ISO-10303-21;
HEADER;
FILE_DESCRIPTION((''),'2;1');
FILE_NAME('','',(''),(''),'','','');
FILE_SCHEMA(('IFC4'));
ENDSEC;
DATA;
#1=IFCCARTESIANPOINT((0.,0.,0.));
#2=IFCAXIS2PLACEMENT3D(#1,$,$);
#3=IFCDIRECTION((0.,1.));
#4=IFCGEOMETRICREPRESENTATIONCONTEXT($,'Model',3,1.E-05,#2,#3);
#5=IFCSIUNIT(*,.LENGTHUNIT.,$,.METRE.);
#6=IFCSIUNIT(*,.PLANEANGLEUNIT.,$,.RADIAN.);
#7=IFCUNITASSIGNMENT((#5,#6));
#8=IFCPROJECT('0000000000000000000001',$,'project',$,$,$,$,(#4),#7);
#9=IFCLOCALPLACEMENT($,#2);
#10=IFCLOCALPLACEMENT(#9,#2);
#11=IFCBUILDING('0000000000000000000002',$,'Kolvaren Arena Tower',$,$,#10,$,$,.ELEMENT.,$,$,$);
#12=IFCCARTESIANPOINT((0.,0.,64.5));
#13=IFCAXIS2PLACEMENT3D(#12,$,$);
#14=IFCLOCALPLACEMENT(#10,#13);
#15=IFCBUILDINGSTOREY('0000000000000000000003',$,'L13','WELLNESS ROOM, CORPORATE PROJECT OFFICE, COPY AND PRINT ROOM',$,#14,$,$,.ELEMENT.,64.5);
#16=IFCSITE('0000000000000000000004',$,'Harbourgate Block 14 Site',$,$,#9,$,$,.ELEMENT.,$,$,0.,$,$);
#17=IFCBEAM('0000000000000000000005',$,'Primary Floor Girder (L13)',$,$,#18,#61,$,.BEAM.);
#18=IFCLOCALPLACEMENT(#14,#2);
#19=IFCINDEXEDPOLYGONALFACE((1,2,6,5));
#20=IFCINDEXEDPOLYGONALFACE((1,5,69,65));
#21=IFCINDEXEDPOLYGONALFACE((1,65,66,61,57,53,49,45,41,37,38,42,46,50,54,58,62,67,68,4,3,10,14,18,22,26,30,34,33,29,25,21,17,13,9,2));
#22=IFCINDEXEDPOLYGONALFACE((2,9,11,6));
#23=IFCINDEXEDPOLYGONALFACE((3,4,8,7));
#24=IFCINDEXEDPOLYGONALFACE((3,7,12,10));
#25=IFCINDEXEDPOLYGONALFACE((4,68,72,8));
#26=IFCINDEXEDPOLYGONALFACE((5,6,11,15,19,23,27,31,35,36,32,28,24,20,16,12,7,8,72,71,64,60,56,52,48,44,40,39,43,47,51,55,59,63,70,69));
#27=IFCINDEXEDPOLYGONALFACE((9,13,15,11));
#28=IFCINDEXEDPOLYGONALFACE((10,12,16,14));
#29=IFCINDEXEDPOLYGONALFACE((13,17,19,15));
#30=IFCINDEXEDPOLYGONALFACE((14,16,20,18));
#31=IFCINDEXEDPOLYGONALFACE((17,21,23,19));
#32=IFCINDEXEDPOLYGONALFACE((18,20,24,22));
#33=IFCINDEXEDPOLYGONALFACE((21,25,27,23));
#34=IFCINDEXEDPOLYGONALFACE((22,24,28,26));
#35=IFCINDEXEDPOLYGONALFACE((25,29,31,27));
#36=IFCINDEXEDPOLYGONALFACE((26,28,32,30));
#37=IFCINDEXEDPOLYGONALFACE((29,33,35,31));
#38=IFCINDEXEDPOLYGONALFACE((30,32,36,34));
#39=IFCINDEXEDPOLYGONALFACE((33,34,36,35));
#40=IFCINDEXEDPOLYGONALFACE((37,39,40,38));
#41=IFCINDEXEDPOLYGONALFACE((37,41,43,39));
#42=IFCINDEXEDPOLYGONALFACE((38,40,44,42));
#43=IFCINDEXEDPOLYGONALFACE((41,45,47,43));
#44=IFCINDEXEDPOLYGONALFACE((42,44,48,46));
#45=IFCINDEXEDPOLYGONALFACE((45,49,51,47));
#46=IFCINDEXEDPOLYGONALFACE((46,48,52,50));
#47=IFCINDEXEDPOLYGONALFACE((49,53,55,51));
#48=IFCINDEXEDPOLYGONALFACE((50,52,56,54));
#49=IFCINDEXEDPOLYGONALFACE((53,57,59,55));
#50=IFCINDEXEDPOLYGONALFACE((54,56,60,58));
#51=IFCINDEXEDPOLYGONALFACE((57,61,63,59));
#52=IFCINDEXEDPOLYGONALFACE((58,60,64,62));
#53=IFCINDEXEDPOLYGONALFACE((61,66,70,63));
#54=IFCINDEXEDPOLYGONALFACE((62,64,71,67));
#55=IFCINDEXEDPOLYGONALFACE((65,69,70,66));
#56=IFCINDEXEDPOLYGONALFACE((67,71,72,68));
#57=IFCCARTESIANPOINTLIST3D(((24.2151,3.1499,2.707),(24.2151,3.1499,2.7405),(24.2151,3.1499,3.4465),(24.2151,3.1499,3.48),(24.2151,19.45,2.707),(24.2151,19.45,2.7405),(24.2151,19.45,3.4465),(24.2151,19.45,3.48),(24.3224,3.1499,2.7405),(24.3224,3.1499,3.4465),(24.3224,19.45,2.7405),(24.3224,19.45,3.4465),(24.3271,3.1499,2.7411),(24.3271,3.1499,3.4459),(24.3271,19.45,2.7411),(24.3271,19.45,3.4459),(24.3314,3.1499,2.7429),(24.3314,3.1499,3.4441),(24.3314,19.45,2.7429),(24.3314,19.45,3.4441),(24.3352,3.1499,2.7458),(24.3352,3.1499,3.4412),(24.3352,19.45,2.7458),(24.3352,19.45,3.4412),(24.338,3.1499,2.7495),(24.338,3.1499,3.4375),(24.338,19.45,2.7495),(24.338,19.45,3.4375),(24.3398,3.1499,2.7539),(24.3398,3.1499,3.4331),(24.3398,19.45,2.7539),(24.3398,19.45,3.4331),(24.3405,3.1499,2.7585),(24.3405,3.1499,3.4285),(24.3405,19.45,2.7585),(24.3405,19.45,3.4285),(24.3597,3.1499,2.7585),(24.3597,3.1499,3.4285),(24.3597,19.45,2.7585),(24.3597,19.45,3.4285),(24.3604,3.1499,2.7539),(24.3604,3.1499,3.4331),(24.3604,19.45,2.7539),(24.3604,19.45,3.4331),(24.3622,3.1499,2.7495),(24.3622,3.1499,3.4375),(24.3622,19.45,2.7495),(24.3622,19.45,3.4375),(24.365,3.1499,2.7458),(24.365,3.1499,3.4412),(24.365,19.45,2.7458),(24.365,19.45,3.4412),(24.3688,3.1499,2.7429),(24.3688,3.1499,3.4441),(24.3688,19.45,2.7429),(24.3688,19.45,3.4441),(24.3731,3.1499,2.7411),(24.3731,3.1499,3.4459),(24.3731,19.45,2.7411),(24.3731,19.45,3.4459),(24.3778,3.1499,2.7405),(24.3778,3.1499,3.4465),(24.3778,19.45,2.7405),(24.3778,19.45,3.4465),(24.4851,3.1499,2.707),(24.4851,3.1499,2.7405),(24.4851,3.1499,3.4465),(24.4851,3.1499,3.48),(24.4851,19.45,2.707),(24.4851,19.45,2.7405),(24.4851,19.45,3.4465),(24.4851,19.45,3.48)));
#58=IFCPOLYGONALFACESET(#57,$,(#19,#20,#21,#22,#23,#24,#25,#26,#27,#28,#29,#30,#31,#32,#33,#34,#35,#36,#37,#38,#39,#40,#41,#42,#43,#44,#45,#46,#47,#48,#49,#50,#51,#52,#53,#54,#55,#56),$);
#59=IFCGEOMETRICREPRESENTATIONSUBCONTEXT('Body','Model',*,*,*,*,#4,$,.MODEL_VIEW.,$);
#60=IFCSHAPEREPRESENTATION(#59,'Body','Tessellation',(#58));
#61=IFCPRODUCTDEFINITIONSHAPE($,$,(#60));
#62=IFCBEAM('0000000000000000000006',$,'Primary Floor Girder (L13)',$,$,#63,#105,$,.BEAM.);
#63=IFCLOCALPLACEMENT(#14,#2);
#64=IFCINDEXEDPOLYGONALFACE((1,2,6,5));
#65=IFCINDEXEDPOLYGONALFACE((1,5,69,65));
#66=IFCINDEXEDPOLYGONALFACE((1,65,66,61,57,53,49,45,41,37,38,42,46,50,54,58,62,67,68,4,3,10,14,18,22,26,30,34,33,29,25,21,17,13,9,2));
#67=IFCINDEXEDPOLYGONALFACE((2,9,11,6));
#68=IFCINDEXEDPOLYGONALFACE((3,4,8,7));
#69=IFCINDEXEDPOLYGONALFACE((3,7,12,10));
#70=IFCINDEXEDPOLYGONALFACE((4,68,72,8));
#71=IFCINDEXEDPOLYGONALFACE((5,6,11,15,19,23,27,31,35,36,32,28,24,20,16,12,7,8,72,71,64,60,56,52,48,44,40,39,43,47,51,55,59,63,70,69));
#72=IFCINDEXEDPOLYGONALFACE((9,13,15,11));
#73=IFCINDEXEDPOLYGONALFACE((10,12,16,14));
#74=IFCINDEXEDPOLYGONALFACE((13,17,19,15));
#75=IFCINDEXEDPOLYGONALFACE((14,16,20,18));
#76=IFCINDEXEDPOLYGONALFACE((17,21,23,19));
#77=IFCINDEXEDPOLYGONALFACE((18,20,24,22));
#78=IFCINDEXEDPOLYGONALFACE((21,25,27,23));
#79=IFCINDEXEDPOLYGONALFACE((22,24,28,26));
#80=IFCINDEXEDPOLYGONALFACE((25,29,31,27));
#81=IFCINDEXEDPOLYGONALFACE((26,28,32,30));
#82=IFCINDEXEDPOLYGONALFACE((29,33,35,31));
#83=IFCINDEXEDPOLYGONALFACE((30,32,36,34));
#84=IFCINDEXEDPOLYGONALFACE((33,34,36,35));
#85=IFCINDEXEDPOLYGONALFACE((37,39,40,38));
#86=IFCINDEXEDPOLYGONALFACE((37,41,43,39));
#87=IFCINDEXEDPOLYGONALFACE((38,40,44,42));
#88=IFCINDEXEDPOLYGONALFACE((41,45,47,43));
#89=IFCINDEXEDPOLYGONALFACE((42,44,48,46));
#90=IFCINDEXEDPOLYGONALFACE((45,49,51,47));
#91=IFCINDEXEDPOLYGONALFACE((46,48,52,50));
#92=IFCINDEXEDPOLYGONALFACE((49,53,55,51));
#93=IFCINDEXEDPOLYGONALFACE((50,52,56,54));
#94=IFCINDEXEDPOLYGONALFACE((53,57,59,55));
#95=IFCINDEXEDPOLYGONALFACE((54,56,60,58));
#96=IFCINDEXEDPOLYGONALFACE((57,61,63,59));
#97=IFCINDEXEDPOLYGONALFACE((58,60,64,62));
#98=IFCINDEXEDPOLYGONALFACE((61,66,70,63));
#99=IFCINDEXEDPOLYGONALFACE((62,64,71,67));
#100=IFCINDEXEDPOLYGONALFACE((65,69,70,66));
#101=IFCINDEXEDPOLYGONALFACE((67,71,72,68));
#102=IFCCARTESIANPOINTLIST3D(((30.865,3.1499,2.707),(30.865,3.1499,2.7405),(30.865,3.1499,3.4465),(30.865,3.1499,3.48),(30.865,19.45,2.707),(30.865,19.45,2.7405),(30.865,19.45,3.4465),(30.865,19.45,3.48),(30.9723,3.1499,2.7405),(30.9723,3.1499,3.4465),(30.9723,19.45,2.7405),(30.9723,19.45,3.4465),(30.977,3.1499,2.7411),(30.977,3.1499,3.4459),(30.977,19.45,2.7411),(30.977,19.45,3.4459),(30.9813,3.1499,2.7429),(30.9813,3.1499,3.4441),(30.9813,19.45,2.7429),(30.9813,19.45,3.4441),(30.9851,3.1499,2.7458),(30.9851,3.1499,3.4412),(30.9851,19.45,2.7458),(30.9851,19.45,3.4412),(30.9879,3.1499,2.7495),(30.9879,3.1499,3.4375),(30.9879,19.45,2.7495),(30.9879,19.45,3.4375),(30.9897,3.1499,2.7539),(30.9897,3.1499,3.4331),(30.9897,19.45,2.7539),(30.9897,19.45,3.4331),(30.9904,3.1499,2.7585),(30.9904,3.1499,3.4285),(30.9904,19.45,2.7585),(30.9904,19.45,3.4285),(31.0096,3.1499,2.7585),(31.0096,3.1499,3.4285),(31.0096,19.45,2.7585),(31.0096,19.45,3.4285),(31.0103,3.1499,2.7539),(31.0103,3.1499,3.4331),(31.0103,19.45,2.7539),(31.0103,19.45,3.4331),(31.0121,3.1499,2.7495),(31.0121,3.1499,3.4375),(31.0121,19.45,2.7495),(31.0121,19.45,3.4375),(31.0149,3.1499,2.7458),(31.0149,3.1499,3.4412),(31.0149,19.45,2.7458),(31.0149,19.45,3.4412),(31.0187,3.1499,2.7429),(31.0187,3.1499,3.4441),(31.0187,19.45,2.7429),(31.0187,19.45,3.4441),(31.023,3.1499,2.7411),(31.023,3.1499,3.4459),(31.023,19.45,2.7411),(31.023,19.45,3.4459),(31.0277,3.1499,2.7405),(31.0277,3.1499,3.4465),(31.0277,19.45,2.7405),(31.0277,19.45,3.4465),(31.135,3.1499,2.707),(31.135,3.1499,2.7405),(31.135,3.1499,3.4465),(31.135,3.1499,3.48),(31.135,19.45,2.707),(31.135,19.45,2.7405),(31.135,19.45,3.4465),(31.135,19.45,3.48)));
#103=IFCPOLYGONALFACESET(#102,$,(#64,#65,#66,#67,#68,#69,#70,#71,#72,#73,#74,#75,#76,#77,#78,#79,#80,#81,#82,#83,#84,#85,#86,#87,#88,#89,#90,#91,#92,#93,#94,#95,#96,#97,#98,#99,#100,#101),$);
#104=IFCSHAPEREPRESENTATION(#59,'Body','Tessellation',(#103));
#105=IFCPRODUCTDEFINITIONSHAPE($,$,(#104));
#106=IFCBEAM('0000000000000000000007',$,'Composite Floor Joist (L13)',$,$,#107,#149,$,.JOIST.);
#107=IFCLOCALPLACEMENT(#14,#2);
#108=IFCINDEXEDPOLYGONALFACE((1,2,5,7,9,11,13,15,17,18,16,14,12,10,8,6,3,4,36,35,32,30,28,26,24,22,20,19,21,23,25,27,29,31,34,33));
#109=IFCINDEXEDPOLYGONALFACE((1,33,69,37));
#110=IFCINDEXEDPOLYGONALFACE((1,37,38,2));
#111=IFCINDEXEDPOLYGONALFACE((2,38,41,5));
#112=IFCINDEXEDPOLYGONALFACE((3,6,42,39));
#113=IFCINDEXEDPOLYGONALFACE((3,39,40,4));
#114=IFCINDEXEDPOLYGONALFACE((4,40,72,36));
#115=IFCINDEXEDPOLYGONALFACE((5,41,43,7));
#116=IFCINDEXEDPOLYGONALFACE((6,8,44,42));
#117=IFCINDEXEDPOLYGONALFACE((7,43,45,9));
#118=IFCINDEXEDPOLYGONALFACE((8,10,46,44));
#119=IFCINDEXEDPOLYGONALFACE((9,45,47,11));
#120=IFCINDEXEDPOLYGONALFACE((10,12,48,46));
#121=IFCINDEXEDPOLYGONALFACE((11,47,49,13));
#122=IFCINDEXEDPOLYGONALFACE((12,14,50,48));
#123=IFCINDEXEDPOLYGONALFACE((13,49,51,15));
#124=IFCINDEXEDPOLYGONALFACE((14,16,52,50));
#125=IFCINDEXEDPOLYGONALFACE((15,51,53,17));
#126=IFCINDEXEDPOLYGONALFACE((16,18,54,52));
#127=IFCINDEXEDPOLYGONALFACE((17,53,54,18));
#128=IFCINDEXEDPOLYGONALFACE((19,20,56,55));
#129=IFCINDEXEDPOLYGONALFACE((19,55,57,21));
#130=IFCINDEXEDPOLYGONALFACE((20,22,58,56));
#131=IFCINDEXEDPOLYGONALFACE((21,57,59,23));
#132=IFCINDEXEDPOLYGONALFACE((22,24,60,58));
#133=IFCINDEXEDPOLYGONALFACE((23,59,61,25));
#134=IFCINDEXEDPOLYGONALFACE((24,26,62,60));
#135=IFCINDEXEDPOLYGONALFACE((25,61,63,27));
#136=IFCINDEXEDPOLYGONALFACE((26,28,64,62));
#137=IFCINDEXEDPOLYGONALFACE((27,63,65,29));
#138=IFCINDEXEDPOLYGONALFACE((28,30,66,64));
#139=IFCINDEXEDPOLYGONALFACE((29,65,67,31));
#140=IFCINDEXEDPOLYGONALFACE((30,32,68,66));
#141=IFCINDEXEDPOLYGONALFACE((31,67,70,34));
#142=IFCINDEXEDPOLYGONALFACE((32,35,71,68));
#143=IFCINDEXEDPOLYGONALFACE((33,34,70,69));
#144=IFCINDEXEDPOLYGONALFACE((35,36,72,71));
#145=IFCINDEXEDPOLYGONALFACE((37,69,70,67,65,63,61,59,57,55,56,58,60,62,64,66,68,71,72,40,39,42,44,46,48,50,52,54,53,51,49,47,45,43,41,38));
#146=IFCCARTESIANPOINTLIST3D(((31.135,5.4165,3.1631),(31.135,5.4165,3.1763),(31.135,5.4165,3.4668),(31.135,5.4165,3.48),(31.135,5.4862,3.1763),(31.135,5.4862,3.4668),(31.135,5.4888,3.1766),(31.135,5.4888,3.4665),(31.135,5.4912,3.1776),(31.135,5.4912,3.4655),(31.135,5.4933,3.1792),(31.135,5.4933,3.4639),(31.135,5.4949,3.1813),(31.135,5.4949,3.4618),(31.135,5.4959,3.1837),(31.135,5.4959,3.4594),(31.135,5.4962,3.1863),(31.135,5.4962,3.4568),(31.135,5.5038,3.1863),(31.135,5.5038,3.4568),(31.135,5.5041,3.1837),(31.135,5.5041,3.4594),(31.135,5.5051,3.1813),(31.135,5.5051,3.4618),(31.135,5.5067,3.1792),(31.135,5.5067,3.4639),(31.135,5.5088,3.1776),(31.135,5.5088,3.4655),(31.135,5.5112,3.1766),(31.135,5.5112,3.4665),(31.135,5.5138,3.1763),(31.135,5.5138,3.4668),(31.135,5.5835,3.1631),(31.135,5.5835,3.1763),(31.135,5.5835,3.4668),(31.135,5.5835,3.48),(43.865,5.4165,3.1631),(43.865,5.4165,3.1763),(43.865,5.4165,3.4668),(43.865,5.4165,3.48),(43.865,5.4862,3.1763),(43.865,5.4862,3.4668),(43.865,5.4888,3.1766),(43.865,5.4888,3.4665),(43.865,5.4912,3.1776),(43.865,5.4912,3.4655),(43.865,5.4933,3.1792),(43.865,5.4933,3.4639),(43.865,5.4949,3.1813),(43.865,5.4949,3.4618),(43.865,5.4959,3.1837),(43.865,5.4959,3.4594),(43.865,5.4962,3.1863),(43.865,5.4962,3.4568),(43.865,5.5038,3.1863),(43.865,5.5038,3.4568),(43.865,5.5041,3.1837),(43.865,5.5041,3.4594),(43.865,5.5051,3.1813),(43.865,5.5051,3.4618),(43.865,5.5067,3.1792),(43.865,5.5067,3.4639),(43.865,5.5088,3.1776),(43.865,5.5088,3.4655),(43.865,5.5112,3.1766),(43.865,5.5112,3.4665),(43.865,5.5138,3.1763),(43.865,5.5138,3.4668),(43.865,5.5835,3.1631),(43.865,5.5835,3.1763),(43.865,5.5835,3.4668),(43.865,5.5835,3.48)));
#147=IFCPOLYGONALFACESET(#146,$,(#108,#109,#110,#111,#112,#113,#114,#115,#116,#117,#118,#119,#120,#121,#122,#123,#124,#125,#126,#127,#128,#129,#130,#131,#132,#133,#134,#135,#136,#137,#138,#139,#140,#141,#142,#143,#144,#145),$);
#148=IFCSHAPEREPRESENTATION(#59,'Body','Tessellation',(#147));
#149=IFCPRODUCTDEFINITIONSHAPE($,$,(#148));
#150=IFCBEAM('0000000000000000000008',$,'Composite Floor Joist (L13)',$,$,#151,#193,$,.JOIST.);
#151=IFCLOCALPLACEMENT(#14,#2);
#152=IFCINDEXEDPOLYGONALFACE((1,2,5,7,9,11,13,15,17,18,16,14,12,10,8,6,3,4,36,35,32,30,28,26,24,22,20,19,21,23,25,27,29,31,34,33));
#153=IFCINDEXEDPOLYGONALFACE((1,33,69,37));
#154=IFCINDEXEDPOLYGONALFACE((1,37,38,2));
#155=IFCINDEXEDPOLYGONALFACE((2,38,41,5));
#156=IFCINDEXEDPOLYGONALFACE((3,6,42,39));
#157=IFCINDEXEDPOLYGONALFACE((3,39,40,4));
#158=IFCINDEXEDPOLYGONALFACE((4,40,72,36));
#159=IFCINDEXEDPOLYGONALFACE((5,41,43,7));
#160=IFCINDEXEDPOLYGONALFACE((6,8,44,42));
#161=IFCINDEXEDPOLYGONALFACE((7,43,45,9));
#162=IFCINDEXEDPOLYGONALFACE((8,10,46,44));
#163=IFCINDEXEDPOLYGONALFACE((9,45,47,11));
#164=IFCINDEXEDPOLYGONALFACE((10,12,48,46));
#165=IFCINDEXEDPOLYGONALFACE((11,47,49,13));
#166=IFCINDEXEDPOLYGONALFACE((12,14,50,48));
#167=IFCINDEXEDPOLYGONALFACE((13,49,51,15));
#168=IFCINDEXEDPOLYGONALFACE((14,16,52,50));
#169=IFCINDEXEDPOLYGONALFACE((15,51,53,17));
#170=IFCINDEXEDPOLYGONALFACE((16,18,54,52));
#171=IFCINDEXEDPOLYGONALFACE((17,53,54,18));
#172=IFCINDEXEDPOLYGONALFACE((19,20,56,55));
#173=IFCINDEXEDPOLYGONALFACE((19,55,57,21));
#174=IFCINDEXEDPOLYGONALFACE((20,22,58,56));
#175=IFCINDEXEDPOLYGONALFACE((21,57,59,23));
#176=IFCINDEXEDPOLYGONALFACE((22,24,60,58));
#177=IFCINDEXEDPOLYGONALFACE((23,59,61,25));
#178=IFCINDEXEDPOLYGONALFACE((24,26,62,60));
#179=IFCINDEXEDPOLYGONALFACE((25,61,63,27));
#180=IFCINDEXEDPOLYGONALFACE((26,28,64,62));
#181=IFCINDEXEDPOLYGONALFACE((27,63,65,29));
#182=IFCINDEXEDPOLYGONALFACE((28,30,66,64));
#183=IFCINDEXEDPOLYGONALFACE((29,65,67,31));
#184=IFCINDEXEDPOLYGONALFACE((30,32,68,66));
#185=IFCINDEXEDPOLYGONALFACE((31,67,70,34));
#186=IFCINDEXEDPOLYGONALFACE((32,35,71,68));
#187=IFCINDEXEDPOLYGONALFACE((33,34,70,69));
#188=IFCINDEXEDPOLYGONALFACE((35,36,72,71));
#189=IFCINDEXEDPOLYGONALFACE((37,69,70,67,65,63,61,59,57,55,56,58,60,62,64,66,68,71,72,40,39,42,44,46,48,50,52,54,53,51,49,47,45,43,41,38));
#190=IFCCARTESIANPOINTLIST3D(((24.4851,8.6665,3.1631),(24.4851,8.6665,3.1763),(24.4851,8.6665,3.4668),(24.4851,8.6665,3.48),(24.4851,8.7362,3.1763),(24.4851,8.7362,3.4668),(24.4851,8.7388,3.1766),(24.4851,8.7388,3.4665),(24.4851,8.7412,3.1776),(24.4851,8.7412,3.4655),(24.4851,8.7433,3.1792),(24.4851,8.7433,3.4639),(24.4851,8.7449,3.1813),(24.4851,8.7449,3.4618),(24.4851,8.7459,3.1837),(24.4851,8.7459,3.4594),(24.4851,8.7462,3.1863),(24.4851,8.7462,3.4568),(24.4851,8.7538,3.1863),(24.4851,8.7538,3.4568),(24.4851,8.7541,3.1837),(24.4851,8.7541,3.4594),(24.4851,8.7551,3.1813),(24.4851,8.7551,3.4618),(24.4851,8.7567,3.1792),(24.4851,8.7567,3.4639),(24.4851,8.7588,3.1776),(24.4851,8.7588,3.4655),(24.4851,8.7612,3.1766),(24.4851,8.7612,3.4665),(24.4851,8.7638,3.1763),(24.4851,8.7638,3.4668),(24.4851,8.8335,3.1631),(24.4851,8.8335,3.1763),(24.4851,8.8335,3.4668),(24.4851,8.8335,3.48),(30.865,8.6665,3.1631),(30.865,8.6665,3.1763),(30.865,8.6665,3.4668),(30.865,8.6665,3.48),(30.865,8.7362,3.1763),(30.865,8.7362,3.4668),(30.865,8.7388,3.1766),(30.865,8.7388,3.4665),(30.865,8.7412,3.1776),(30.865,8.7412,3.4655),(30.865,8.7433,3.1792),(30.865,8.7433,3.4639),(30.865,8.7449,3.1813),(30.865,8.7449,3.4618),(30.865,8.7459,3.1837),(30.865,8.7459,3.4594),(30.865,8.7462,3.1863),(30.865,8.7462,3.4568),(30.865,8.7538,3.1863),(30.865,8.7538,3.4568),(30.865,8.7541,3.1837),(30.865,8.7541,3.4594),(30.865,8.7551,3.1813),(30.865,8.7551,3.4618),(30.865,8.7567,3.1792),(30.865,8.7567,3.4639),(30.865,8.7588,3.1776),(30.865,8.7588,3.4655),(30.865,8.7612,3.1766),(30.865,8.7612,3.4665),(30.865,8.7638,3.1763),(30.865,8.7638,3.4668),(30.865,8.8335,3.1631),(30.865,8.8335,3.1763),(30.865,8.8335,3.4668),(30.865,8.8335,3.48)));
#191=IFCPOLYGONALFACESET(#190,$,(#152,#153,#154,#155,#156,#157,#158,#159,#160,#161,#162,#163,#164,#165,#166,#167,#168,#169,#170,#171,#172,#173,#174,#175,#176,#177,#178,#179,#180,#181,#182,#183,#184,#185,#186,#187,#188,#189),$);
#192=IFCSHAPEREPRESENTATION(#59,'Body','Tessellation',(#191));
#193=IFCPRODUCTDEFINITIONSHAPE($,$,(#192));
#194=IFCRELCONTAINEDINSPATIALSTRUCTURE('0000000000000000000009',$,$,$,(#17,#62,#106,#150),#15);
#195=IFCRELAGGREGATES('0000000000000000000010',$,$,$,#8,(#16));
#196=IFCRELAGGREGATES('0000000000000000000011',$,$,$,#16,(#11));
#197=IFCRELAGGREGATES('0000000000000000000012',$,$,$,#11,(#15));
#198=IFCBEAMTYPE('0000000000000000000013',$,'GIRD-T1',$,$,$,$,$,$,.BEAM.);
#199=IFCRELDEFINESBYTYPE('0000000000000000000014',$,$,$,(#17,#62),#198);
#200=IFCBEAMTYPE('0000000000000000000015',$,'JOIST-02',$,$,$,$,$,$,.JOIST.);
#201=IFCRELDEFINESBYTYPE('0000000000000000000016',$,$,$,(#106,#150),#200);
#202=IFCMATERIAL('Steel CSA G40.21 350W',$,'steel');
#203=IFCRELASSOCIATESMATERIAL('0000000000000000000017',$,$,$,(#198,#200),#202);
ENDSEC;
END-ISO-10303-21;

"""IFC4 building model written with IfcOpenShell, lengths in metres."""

from ifc_helpers import new_model, si_unit, direction, frame, origin, origin_2d, place, context, subcontext, project, spatial, i_section, extrude, material, material_profile, profile_set, type_object, element, save


model = new_model("IFC4")

# Units and contexts
model_context = context("Model", 3, precision=1e-05, world=origin(), true_north=direction((0.0, 1.0)))
body_context = subcontext(model_context, "Body", "Model", "MODEL_VIEW")
ifc_project = project(units=[si_unit("LENGTHUNIT", "METRE"), si_unit("PLANEANGLEUNIT", "RADIAN")], contexts=[model_context])

# Site, building, storey
site_placement = place(None, origin())
site = spatial("IfcSite", under=ifc_project, at=site_placement, Name="Harbourgate Block 14 Site", CompositionType="ELEMENT", RefElevation=0.0)
building_placement = place(site_placement, origin())
building = spatial("IfcBuilding", under=site, at=building_placement, Name="Kolvaren Arena Tower", CompositionType="ELEMENT")
storey_placement = place(building_placement, frame((0.0, 0.0, 64.5)))
storey = spatial("IfcBuildingStorey", under=building, at=storey_placement, Name="L13", Description="WELLNESS ROOM, CORPORATE PROJECT OFFICE, COPY AND PRINT ROOM", CompositionType="ELEMENT", Elevation=64.5)

# Beams
ifc_material_1 = material(Name="Steel CSA G40.21 350W", Category="steel")
ifc_material_profile_1 = material_profile(ifc_material_1, i_section(OverallWidth=0.27, OverallDepth=0.7729, WebThickness=0.0193, FlangeThickness=0.0334, FilletRadius=0.0181, at=origin_2d()), Name="W760x257")
ifc_profile_set_1 = profile_set([ifc_material_profile_1], Name="Steel CSA G40.21 350W")
beam_type_1 = type_object("IfcBeamType", Name="GIRD-T1", PredefinedType="BEAM", material=ifc_profile_set_1)
for number, where, z_axis, x_axis, name in (
    (1, (24.3501, 3.1499, 3.0935), (0.0, 1.0, 0.0), (-1.0, 0.0, 0.0), "Primary Floor Girder (L13)"),
    (2, (31.0, 3.1499, 3.0935), (0.0, 1.0, 0.0), (-1.0, 0.0, 0.0), "Primary Floor Girder (L13)"),
):
    element("IfcBeam", number, at=place(storey_placement, frame(where, z_axis=z_axis, x_axis=x_axis)), inside=storey, type_object=beam_type_1, Name=name, PredefinedType="BEAM", context=body_context, shape_type="SweptSolid", body=[
        extrude(i_section(OverallWidth=0.27, OverallDepth=0.7729, WebThickness=0.0193, FlangeThickness=0.0334, FilletRadius=0.0181, at=origin_2d()), origin(), (0.0, 0.0, 1.0), 16.3),
    ])
ifc_material_profile_2 = material_profile(ifc_material_1, i_section(OverallWidth=0.167, OverallDepth=0.3169, WebThickness=0.0076, FlangeThickness=0.0132, FilletRadius=0.01, at=origin_2d()), Name="W310x52")
ifc_profile_set_2 = profile_set([ifc_material_profile_2], Name="Steel CSA G40.21 350W")
beam_type_2 = type_object("IfcBeamType", Name="JOIST-02", PredefinedType="JOIST", material=ifc_profile_set_2)
beam_1_placement = place(storey_placement, frame((31.135, 5.5, 3.3215), z_axis=(1.0, 0.0, 0.0), x_axis=(0.0, 1.0, 0.0)))
element("IfcBeam", 3, at=beam_1_placement, inside=storey, type_object=beam_type_2, Name="Composite Floor Joist (L13)", PredefinedType="JOIST", context=body_context, shape_type="SweptSolid", body=[
    extrude(i_section(OverallWidth=0.167, OverallDepth=0.3169, WebThickness=0.0076, FlangeThickness=0.0132, FilletRadius=0.01, at=origin_2d()), origin(), (0.0, 0.0, 1.0), 12.73),
])
beam_2_placement = place(storey_placement, frame((24.4851, 8.75, 3.3215), z_axis=(1.0, 0.0, 0.0), x_axis=(0.0, 1.0, 0.0)))
element("IfcBeam", 4, at=beam_2_placement, inside=storey, type_object=beam_type_2, Name="Composite Floor Joist (L13)", PredefinedType="JOIST", context=body_context, shape_type="SweptSolid", body=[
    extrude(i_section(OverallWidth=0.167, OverallDepth=0.3169, WebThickness=0.0076, FlangeThickness=0.0132, FilletRadius=0.01, at=origin_2d()), origin(), (0.0, 0.0, 1.0), 6.3799),
])

save(model, "model.ifc")
